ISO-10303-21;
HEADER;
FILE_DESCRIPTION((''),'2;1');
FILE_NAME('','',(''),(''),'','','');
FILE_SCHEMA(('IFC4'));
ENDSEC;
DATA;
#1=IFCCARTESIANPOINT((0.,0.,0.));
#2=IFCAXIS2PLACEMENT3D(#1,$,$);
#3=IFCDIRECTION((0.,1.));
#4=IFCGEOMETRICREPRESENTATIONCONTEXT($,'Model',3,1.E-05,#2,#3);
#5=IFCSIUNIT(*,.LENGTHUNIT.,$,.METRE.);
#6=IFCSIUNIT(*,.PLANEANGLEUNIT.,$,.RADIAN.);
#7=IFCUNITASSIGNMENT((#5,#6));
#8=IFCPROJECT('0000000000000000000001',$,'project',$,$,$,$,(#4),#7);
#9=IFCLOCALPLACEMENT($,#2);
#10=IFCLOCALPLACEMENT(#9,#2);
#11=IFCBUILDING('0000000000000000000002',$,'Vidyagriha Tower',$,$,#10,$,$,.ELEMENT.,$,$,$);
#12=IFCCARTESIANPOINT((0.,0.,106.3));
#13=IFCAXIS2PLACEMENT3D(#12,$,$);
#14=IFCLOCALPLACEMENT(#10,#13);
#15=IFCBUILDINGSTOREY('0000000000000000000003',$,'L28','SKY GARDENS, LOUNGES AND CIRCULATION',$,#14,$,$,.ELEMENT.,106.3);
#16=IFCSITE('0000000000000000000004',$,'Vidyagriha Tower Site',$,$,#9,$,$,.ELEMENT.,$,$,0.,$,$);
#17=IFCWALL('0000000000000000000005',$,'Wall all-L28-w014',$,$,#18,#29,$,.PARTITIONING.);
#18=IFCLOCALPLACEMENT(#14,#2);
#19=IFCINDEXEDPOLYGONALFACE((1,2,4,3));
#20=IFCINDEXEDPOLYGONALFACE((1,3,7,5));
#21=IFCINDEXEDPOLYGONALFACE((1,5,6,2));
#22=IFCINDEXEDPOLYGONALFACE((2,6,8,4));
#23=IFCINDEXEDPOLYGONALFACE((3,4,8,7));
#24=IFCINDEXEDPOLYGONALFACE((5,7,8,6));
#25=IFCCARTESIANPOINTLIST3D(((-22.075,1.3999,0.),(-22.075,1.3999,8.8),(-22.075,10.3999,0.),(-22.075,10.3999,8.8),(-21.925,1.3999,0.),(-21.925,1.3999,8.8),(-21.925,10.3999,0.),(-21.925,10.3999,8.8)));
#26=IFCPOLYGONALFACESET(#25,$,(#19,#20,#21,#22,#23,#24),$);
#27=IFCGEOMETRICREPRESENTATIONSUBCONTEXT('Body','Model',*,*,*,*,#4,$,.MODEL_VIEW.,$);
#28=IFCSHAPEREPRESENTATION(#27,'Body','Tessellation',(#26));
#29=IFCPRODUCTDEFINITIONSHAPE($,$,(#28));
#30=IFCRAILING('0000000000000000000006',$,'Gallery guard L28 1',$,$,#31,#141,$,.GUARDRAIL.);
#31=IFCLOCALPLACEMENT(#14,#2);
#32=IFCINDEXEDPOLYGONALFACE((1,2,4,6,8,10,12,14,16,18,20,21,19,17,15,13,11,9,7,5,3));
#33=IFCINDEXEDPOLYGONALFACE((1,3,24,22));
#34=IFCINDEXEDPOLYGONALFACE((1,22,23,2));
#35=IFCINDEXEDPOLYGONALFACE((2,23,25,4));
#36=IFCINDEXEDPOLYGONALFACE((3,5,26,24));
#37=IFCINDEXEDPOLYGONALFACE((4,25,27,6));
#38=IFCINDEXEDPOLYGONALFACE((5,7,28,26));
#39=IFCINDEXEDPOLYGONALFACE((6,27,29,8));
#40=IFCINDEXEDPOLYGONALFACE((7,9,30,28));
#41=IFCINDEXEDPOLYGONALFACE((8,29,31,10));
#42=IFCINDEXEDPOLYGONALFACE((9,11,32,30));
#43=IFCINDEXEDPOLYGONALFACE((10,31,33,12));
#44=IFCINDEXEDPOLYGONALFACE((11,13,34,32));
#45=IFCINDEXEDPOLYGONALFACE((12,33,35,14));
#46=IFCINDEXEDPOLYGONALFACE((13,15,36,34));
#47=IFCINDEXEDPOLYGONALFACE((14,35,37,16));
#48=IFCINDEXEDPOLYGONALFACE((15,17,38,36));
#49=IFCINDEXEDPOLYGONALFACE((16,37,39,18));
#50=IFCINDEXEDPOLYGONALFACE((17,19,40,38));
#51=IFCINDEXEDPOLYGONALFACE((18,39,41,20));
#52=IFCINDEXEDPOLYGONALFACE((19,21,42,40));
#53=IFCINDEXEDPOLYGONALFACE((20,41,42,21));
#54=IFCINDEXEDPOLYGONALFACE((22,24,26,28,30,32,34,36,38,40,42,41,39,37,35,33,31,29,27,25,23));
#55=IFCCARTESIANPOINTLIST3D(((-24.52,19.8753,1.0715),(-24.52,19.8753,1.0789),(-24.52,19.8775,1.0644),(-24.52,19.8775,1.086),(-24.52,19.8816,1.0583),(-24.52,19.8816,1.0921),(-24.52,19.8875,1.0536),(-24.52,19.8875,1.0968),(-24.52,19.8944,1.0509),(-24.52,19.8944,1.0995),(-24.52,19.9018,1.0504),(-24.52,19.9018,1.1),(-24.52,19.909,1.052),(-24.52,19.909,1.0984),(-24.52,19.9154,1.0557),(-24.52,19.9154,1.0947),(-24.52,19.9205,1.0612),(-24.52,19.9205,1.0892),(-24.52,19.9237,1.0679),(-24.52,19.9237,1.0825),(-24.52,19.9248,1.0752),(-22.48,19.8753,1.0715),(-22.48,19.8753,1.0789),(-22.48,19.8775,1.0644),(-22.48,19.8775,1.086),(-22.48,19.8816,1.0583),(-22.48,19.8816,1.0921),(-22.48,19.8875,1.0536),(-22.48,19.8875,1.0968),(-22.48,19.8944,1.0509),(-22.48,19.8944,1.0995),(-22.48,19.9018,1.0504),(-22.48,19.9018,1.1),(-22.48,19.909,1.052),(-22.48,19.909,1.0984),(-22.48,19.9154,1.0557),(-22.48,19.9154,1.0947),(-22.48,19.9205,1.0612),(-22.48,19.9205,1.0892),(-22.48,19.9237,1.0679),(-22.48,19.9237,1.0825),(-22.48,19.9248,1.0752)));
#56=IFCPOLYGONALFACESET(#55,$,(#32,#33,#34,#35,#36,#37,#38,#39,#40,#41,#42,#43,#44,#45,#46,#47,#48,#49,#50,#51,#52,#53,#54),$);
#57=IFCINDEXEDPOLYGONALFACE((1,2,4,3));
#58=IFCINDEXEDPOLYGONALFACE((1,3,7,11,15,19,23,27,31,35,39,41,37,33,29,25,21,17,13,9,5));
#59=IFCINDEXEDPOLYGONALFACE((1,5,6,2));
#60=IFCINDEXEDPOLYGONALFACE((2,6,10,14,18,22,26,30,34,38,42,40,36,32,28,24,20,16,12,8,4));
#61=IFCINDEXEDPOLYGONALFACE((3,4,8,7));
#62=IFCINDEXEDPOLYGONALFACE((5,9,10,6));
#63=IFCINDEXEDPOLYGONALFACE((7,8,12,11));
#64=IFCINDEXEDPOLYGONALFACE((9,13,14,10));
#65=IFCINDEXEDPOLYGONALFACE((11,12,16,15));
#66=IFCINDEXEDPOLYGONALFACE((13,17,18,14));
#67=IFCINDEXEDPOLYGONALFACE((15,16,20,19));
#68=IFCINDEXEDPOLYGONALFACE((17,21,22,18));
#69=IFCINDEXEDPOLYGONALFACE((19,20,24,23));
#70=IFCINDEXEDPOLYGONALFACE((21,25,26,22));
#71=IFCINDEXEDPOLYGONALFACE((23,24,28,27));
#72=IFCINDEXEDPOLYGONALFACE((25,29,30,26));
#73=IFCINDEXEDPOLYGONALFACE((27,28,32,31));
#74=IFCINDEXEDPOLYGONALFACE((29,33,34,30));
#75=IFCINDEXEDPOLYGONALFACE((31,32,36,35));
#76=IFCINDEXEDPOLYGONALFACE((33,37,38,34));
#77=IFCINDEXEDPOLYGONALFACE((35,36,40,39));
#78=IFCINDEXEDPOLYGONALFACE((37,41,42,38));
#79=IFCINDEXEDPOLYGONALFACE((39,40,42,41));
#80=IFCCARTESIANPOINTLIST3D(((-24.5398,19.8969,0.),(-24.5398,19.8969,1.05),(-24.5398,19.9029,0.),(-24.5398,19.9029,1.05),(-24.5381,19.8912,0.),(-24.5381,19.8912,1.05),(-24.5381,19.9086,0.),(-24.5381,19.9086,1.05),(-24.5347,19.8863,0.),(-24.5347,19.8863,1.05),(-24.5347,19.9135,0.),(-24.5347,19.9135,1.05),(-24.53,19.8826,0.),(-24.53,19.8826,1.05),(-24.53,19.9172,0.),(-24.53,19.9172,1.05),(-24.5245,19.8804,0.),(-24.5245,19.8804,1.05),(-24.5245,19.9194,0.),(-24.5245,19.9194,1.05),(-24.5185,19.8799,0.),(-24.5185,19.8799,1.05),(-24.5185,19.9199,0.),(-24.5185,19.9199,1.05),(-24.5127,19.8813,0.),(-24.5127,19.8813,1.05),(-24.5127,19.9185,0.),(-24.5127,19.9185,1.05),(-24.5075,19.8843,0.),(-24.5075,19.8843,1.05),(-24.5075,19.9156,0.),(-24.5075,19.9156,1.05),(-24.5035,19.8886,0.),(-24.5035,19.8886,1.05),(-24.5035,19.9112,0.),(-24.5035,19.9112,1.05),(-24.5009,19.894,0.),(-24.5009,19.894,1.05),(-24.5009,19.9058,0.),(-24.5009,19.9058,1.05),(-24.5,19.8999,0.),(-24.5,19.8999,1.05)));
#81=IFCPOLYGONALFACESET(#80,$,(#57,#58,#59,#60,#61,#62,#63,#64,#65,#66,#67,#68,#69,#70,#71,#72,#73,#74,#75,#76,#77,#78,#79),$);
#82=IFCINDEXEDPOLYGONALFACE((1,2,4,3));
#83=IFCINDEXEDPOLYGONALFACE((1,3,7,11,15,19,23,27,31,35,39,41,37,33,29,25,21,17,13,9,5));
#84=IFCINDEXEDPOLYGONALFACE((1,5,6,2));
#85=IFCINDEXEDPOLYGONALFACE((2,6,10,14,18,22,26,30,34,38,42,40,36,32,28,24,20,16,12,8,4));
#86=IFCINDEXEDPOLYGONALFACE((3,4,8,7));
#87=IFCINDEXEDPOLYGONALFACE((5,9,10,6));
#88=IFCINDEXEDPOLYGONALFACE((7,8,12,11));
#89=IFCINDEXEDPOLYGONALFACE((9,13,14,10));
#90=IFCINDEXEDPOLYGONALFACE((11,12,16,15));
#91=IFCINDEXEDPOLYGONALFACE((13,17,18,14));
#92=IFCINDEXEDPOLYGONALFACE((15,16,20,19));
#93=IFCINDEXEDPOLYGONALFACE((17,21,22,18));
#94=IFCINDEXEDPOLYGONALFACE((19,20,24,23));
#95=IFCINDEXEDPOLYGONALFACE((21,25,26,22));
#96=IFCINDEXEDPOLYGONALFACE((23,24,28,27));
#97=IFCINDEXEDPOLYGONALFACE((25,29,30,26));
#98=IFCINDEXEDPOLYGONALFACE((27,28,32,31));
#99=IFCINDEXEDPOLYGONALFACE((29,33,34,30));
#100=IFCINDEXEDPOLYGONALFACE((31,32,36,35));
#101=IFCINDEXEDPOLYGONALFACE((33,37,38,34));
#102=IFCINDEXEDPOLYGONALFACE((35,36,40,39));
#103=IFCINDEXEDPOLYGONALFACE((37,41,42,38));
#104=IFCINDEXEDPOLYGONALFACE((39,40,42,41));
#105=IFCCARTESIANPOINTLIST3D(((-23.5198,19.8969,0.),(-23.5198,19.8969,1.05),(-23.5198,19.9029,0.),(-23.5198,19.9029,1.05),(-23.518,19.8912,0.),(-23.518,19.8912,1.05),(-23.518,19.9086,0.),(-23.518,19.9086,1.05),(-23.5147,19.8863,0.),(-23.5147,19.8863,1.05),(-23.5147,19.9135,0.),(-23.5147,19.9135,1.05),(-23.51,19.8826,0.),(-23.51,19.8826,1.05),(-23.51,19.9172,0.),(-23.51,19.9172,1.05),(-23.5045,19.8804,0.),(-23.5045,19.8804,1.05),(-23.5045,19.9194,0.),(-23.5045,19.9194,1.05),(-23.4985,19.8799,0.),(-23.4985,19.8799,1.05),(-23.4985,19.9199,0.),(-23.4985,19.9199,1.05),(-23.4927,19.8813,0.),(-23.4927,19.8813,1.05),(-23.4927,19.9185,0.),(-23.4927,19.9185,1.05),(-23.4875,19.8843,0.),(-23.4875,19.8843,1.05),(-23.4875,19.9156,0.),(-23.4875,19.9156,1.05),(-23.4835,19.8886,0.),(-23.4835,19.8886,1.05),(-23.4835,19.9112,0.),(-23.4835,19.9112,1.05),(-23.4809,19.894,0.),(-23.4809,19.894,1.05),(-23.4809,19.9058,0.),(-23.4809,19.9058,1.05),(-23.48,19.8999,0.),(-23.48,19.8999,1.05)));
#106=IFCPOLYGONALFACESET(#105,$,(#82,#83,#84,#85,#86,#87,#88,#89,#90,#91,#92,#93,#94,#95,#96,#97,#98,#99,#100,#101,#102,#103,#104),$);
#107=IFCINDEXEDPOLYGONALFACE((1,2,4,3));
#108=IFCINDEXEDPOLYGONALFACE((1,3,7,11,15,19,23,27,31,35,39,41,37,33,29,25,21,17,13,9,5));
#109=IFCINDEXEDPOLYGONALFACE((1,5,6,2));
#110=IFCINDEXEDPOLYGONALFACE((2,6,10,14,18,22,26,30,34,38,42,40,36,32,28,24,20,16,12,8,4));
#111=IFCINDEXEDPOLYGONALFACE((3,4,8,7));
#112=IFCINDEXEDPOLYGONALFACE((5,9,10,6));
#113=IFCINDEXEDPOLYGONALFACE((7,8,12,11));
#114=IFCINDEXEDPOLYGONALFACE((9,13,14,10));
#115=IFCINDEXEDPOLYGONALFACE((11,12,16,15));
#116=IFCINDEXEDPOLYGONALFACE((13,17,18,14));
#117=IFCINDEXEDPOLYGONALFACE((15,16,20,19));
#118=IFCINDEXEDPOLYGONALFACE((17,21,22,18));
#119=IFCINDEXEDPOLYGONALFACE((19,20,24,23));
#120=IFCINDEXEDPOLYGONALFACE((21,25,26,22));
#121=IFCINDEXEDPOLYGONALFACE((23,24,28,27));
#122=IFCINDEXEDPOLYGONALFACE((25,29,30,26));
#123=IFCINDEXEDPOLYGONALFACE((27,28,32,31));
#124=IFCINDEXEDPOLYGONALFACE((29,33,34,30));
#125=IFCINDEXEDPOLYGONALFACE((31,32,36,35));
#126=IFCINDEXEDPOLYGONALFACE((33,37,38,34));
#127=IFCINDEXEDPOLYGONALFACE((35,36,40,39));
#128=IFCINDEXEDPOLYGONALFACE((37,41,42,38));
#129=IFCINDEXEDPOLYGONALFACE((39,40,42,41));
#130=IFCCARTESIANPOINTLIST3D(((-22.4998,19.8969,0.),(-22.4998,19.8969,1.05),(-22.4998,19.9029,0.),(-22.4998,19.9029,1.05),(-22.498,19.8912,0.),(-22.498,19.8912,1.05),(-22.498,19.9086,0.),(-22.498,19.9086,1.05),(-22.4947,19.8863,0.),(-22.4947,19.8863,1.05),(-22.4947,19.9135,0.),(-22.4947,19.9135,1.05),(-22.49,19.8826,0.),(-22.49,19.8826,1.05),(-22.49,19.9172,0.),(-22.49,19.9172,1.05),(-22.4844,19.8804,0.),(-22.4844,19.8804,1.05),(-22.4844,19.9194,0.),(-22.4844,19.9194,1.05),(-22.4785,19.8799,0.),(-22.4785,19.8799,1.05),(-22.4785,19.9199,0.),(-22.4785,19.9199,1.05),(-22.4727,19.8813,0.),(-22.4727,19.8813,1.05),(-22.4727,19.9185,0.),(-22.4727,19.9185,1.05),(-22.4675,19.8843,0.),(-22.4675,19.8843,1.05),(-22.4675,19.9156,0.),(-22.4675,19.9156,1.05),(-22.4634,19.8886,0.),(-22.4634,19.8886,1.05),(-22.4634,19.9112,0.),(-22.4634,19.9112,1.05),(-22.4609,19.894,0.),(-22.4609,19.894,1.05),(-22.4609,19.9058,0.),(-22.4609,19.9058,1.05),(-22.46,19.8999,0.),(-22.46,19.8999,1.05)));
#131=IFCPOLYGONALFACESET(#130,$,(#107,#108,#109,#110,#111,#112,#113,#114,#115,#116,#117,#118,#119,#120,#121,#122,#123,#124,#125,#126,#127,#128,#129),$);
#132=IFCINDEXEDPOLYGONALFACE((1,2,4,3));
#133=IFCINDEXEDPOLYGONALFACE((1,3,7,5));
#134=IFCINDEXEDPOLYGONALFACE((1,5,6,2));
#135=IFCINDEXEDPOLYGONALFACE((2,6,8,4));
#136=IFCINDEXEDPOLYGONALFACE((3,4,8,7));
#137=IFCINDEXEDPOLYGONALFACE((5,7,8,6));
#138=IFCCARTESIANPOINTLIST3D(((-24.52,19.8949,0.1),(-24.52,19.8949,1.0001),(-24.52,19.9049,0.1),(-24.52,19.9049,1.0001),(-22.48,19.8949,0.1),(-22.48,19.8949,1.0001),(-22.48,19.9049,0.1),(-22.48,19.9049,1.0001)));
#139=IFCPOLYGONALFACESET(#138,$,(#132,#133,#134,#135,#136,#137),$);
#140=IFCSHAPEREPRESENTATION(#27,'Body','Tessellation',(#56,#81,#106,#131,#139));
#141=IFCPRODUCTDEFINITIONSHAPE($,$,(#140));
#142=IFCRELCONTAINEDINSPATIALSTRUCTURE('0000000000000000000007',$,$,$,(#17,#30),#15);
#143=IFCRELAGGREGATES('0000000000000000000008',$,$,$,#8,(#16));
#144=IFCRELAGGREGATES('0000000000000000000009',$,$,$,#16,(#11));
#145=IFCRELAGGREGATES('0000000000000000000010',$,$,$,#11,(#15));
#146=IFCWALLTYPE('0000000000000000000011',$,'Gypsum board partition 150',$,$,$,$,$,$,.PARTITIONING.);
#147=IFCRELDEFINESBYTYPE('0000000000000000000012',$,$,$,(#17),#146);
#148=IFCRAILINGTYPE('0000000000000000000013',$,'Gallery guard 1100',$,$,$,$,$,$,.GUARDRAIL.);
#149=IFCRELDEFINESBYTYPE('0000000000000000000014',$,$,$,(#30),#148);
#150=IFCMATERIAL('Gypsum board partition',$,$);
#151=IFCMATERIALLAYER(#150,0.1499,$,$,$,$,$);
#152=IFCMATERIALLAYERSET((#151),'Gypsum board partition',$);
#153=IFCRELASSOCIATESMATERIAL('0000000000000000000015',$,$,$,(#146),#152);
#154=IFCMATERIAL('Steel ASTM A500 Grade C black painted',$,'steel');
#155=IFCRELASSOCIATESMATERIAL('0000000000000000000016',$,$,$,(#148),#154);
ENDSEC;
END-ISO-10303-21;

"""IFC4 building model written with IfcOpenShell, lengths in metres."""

from ifc_helpers import new_model, si_unit, direction, frame, frame_2d, origin, origin_2d, place, context, subcontext, project, spatial, rectangle, circle, extrude, material, layer, layer_set, type_object, element, save


model = new_model("IFC4")

# Units and contexts
model_context = context("Model", 3, precision=1e-05, world=origin(), true_north=direction((0.0, 1.0)))
body_context = subcontext(model_context, "Body", "Model", "MODEL_VIEW")
ifc_project = project(units=[si_unit("LENGTHUNIT", "METRE"), si_unit("PLANEANGLEUNIT", "RADIAN")], contexts=[model_context])

# Site, building, storey
site_placement = place(None, origin())
site = spatial("IfcSite", under=ifc_project, at=site_placement, Name="Vidyagriha Tower Site", CompositionType="ELEMENT", RefElevation=0.0)
building_placement = place(site_placement, origin())
building = spatial("IfcBuilding", under=site, at=building_placement, Name="Vidyagriha Tower", CompositionType="ELEMENT")
storey_placement = place(building_placement, frame((0.0, 0.0, 106.3)))
storey = spatial("IfcBuildingStorey", under=building, at=storey_placement, Name="L28", Description="SKY GARDENS, LOUNGES AND CIRCULATION", CompositionType="ELEMENT", Elevation=106.3)

# Wall
ifc_material_1 = material(Name="Gypsum board partition")
ifc_layer_1 = layer(ifc_material_1, 0.1499)
ifc_layer_set_1 = layer_set([ifc_layer_1], Name="Gypsum board partition")
wall_type_1 = type_object("IfcWallType", Name="Gypsum board partition 150", PredefinedType="PARTITIONING", material=ifc_layer_set_1)
wall_1_placement = place(storey_placement, frame((-22.0, 10.3999, 0.0), z_axis=(0.0, 0.0, 1.0), x_axis=(0.0, -1.0, 0.0)))
element("IfcWall", 1, at=wall_1_placement, inside=storey, type_object=wall_type_1, Name="Wall all-L28-w014", PredefinedType="PARTITIONING", context=body_context, shape_type="SweptSolid", body=[
    extrude(rectangle(XDim=9.0, YDim=0.1499, at=frame_2d((4.5, 0.0))), origin(), (0.0, 0.0, 1.0), 8.8),
])

# Railing
ifc_material_2 = material(Name="Steel ASTM A500 Grade C black painted", Category="steel")
railing_type_1 = type_object("IfcRailingType", Name="Gallery guard 1100", PredefinedType="GUARDRAIL", material=ifc_material_2)
railing_1_placement = place(storey_placement, frame((-24.52, 19.8999, 0.0)))
element("IfcRailing", 2, at=railing_1_placement, inside=storey, type_object=railing_type_1, Name="Gallery guard L28 1", PredefinedType="GUARDRAIL", context=body_context, shape_type="SweptSolid", body=[
    extrude(circle(Radius=0.0249, at=origin_2d()), frame((0.0, 0.0, 1.0752), z_axis=(1.0, 0.0, 0.0), x_axis=(0.0, 1.0, 0.0)), (0.0, 0.0, 1.0), 2.04),
    extrude(circle(Radius=0.02, at=origin_2d()), origin(), (0.0, 0.0, 1.0), 1.05),
    extrude(circle(Radius=0.02, at=origin_2d()), frame((1.02, 0.0, 0.0)), (0.0, 0.0, 1.0), 1.05),
    extrude(circle(Radius=0.02, at=origin_2d()), frame((2.04, 0.0, 0.0)), (0.0, 0.0, 1.0), 1.05),
    extrude(rectangle(XDim=0.01, YDim=0.9001, at=origin_2d()), frame((0.0, 0.0, 0.55), z_axis=(1.0, 0.0, 0.0), x_axis=(0.0, 1.0, 0.0)), (0.0, 0.0, 1.0), 2.04),
])

save(model, "model.ifc")
